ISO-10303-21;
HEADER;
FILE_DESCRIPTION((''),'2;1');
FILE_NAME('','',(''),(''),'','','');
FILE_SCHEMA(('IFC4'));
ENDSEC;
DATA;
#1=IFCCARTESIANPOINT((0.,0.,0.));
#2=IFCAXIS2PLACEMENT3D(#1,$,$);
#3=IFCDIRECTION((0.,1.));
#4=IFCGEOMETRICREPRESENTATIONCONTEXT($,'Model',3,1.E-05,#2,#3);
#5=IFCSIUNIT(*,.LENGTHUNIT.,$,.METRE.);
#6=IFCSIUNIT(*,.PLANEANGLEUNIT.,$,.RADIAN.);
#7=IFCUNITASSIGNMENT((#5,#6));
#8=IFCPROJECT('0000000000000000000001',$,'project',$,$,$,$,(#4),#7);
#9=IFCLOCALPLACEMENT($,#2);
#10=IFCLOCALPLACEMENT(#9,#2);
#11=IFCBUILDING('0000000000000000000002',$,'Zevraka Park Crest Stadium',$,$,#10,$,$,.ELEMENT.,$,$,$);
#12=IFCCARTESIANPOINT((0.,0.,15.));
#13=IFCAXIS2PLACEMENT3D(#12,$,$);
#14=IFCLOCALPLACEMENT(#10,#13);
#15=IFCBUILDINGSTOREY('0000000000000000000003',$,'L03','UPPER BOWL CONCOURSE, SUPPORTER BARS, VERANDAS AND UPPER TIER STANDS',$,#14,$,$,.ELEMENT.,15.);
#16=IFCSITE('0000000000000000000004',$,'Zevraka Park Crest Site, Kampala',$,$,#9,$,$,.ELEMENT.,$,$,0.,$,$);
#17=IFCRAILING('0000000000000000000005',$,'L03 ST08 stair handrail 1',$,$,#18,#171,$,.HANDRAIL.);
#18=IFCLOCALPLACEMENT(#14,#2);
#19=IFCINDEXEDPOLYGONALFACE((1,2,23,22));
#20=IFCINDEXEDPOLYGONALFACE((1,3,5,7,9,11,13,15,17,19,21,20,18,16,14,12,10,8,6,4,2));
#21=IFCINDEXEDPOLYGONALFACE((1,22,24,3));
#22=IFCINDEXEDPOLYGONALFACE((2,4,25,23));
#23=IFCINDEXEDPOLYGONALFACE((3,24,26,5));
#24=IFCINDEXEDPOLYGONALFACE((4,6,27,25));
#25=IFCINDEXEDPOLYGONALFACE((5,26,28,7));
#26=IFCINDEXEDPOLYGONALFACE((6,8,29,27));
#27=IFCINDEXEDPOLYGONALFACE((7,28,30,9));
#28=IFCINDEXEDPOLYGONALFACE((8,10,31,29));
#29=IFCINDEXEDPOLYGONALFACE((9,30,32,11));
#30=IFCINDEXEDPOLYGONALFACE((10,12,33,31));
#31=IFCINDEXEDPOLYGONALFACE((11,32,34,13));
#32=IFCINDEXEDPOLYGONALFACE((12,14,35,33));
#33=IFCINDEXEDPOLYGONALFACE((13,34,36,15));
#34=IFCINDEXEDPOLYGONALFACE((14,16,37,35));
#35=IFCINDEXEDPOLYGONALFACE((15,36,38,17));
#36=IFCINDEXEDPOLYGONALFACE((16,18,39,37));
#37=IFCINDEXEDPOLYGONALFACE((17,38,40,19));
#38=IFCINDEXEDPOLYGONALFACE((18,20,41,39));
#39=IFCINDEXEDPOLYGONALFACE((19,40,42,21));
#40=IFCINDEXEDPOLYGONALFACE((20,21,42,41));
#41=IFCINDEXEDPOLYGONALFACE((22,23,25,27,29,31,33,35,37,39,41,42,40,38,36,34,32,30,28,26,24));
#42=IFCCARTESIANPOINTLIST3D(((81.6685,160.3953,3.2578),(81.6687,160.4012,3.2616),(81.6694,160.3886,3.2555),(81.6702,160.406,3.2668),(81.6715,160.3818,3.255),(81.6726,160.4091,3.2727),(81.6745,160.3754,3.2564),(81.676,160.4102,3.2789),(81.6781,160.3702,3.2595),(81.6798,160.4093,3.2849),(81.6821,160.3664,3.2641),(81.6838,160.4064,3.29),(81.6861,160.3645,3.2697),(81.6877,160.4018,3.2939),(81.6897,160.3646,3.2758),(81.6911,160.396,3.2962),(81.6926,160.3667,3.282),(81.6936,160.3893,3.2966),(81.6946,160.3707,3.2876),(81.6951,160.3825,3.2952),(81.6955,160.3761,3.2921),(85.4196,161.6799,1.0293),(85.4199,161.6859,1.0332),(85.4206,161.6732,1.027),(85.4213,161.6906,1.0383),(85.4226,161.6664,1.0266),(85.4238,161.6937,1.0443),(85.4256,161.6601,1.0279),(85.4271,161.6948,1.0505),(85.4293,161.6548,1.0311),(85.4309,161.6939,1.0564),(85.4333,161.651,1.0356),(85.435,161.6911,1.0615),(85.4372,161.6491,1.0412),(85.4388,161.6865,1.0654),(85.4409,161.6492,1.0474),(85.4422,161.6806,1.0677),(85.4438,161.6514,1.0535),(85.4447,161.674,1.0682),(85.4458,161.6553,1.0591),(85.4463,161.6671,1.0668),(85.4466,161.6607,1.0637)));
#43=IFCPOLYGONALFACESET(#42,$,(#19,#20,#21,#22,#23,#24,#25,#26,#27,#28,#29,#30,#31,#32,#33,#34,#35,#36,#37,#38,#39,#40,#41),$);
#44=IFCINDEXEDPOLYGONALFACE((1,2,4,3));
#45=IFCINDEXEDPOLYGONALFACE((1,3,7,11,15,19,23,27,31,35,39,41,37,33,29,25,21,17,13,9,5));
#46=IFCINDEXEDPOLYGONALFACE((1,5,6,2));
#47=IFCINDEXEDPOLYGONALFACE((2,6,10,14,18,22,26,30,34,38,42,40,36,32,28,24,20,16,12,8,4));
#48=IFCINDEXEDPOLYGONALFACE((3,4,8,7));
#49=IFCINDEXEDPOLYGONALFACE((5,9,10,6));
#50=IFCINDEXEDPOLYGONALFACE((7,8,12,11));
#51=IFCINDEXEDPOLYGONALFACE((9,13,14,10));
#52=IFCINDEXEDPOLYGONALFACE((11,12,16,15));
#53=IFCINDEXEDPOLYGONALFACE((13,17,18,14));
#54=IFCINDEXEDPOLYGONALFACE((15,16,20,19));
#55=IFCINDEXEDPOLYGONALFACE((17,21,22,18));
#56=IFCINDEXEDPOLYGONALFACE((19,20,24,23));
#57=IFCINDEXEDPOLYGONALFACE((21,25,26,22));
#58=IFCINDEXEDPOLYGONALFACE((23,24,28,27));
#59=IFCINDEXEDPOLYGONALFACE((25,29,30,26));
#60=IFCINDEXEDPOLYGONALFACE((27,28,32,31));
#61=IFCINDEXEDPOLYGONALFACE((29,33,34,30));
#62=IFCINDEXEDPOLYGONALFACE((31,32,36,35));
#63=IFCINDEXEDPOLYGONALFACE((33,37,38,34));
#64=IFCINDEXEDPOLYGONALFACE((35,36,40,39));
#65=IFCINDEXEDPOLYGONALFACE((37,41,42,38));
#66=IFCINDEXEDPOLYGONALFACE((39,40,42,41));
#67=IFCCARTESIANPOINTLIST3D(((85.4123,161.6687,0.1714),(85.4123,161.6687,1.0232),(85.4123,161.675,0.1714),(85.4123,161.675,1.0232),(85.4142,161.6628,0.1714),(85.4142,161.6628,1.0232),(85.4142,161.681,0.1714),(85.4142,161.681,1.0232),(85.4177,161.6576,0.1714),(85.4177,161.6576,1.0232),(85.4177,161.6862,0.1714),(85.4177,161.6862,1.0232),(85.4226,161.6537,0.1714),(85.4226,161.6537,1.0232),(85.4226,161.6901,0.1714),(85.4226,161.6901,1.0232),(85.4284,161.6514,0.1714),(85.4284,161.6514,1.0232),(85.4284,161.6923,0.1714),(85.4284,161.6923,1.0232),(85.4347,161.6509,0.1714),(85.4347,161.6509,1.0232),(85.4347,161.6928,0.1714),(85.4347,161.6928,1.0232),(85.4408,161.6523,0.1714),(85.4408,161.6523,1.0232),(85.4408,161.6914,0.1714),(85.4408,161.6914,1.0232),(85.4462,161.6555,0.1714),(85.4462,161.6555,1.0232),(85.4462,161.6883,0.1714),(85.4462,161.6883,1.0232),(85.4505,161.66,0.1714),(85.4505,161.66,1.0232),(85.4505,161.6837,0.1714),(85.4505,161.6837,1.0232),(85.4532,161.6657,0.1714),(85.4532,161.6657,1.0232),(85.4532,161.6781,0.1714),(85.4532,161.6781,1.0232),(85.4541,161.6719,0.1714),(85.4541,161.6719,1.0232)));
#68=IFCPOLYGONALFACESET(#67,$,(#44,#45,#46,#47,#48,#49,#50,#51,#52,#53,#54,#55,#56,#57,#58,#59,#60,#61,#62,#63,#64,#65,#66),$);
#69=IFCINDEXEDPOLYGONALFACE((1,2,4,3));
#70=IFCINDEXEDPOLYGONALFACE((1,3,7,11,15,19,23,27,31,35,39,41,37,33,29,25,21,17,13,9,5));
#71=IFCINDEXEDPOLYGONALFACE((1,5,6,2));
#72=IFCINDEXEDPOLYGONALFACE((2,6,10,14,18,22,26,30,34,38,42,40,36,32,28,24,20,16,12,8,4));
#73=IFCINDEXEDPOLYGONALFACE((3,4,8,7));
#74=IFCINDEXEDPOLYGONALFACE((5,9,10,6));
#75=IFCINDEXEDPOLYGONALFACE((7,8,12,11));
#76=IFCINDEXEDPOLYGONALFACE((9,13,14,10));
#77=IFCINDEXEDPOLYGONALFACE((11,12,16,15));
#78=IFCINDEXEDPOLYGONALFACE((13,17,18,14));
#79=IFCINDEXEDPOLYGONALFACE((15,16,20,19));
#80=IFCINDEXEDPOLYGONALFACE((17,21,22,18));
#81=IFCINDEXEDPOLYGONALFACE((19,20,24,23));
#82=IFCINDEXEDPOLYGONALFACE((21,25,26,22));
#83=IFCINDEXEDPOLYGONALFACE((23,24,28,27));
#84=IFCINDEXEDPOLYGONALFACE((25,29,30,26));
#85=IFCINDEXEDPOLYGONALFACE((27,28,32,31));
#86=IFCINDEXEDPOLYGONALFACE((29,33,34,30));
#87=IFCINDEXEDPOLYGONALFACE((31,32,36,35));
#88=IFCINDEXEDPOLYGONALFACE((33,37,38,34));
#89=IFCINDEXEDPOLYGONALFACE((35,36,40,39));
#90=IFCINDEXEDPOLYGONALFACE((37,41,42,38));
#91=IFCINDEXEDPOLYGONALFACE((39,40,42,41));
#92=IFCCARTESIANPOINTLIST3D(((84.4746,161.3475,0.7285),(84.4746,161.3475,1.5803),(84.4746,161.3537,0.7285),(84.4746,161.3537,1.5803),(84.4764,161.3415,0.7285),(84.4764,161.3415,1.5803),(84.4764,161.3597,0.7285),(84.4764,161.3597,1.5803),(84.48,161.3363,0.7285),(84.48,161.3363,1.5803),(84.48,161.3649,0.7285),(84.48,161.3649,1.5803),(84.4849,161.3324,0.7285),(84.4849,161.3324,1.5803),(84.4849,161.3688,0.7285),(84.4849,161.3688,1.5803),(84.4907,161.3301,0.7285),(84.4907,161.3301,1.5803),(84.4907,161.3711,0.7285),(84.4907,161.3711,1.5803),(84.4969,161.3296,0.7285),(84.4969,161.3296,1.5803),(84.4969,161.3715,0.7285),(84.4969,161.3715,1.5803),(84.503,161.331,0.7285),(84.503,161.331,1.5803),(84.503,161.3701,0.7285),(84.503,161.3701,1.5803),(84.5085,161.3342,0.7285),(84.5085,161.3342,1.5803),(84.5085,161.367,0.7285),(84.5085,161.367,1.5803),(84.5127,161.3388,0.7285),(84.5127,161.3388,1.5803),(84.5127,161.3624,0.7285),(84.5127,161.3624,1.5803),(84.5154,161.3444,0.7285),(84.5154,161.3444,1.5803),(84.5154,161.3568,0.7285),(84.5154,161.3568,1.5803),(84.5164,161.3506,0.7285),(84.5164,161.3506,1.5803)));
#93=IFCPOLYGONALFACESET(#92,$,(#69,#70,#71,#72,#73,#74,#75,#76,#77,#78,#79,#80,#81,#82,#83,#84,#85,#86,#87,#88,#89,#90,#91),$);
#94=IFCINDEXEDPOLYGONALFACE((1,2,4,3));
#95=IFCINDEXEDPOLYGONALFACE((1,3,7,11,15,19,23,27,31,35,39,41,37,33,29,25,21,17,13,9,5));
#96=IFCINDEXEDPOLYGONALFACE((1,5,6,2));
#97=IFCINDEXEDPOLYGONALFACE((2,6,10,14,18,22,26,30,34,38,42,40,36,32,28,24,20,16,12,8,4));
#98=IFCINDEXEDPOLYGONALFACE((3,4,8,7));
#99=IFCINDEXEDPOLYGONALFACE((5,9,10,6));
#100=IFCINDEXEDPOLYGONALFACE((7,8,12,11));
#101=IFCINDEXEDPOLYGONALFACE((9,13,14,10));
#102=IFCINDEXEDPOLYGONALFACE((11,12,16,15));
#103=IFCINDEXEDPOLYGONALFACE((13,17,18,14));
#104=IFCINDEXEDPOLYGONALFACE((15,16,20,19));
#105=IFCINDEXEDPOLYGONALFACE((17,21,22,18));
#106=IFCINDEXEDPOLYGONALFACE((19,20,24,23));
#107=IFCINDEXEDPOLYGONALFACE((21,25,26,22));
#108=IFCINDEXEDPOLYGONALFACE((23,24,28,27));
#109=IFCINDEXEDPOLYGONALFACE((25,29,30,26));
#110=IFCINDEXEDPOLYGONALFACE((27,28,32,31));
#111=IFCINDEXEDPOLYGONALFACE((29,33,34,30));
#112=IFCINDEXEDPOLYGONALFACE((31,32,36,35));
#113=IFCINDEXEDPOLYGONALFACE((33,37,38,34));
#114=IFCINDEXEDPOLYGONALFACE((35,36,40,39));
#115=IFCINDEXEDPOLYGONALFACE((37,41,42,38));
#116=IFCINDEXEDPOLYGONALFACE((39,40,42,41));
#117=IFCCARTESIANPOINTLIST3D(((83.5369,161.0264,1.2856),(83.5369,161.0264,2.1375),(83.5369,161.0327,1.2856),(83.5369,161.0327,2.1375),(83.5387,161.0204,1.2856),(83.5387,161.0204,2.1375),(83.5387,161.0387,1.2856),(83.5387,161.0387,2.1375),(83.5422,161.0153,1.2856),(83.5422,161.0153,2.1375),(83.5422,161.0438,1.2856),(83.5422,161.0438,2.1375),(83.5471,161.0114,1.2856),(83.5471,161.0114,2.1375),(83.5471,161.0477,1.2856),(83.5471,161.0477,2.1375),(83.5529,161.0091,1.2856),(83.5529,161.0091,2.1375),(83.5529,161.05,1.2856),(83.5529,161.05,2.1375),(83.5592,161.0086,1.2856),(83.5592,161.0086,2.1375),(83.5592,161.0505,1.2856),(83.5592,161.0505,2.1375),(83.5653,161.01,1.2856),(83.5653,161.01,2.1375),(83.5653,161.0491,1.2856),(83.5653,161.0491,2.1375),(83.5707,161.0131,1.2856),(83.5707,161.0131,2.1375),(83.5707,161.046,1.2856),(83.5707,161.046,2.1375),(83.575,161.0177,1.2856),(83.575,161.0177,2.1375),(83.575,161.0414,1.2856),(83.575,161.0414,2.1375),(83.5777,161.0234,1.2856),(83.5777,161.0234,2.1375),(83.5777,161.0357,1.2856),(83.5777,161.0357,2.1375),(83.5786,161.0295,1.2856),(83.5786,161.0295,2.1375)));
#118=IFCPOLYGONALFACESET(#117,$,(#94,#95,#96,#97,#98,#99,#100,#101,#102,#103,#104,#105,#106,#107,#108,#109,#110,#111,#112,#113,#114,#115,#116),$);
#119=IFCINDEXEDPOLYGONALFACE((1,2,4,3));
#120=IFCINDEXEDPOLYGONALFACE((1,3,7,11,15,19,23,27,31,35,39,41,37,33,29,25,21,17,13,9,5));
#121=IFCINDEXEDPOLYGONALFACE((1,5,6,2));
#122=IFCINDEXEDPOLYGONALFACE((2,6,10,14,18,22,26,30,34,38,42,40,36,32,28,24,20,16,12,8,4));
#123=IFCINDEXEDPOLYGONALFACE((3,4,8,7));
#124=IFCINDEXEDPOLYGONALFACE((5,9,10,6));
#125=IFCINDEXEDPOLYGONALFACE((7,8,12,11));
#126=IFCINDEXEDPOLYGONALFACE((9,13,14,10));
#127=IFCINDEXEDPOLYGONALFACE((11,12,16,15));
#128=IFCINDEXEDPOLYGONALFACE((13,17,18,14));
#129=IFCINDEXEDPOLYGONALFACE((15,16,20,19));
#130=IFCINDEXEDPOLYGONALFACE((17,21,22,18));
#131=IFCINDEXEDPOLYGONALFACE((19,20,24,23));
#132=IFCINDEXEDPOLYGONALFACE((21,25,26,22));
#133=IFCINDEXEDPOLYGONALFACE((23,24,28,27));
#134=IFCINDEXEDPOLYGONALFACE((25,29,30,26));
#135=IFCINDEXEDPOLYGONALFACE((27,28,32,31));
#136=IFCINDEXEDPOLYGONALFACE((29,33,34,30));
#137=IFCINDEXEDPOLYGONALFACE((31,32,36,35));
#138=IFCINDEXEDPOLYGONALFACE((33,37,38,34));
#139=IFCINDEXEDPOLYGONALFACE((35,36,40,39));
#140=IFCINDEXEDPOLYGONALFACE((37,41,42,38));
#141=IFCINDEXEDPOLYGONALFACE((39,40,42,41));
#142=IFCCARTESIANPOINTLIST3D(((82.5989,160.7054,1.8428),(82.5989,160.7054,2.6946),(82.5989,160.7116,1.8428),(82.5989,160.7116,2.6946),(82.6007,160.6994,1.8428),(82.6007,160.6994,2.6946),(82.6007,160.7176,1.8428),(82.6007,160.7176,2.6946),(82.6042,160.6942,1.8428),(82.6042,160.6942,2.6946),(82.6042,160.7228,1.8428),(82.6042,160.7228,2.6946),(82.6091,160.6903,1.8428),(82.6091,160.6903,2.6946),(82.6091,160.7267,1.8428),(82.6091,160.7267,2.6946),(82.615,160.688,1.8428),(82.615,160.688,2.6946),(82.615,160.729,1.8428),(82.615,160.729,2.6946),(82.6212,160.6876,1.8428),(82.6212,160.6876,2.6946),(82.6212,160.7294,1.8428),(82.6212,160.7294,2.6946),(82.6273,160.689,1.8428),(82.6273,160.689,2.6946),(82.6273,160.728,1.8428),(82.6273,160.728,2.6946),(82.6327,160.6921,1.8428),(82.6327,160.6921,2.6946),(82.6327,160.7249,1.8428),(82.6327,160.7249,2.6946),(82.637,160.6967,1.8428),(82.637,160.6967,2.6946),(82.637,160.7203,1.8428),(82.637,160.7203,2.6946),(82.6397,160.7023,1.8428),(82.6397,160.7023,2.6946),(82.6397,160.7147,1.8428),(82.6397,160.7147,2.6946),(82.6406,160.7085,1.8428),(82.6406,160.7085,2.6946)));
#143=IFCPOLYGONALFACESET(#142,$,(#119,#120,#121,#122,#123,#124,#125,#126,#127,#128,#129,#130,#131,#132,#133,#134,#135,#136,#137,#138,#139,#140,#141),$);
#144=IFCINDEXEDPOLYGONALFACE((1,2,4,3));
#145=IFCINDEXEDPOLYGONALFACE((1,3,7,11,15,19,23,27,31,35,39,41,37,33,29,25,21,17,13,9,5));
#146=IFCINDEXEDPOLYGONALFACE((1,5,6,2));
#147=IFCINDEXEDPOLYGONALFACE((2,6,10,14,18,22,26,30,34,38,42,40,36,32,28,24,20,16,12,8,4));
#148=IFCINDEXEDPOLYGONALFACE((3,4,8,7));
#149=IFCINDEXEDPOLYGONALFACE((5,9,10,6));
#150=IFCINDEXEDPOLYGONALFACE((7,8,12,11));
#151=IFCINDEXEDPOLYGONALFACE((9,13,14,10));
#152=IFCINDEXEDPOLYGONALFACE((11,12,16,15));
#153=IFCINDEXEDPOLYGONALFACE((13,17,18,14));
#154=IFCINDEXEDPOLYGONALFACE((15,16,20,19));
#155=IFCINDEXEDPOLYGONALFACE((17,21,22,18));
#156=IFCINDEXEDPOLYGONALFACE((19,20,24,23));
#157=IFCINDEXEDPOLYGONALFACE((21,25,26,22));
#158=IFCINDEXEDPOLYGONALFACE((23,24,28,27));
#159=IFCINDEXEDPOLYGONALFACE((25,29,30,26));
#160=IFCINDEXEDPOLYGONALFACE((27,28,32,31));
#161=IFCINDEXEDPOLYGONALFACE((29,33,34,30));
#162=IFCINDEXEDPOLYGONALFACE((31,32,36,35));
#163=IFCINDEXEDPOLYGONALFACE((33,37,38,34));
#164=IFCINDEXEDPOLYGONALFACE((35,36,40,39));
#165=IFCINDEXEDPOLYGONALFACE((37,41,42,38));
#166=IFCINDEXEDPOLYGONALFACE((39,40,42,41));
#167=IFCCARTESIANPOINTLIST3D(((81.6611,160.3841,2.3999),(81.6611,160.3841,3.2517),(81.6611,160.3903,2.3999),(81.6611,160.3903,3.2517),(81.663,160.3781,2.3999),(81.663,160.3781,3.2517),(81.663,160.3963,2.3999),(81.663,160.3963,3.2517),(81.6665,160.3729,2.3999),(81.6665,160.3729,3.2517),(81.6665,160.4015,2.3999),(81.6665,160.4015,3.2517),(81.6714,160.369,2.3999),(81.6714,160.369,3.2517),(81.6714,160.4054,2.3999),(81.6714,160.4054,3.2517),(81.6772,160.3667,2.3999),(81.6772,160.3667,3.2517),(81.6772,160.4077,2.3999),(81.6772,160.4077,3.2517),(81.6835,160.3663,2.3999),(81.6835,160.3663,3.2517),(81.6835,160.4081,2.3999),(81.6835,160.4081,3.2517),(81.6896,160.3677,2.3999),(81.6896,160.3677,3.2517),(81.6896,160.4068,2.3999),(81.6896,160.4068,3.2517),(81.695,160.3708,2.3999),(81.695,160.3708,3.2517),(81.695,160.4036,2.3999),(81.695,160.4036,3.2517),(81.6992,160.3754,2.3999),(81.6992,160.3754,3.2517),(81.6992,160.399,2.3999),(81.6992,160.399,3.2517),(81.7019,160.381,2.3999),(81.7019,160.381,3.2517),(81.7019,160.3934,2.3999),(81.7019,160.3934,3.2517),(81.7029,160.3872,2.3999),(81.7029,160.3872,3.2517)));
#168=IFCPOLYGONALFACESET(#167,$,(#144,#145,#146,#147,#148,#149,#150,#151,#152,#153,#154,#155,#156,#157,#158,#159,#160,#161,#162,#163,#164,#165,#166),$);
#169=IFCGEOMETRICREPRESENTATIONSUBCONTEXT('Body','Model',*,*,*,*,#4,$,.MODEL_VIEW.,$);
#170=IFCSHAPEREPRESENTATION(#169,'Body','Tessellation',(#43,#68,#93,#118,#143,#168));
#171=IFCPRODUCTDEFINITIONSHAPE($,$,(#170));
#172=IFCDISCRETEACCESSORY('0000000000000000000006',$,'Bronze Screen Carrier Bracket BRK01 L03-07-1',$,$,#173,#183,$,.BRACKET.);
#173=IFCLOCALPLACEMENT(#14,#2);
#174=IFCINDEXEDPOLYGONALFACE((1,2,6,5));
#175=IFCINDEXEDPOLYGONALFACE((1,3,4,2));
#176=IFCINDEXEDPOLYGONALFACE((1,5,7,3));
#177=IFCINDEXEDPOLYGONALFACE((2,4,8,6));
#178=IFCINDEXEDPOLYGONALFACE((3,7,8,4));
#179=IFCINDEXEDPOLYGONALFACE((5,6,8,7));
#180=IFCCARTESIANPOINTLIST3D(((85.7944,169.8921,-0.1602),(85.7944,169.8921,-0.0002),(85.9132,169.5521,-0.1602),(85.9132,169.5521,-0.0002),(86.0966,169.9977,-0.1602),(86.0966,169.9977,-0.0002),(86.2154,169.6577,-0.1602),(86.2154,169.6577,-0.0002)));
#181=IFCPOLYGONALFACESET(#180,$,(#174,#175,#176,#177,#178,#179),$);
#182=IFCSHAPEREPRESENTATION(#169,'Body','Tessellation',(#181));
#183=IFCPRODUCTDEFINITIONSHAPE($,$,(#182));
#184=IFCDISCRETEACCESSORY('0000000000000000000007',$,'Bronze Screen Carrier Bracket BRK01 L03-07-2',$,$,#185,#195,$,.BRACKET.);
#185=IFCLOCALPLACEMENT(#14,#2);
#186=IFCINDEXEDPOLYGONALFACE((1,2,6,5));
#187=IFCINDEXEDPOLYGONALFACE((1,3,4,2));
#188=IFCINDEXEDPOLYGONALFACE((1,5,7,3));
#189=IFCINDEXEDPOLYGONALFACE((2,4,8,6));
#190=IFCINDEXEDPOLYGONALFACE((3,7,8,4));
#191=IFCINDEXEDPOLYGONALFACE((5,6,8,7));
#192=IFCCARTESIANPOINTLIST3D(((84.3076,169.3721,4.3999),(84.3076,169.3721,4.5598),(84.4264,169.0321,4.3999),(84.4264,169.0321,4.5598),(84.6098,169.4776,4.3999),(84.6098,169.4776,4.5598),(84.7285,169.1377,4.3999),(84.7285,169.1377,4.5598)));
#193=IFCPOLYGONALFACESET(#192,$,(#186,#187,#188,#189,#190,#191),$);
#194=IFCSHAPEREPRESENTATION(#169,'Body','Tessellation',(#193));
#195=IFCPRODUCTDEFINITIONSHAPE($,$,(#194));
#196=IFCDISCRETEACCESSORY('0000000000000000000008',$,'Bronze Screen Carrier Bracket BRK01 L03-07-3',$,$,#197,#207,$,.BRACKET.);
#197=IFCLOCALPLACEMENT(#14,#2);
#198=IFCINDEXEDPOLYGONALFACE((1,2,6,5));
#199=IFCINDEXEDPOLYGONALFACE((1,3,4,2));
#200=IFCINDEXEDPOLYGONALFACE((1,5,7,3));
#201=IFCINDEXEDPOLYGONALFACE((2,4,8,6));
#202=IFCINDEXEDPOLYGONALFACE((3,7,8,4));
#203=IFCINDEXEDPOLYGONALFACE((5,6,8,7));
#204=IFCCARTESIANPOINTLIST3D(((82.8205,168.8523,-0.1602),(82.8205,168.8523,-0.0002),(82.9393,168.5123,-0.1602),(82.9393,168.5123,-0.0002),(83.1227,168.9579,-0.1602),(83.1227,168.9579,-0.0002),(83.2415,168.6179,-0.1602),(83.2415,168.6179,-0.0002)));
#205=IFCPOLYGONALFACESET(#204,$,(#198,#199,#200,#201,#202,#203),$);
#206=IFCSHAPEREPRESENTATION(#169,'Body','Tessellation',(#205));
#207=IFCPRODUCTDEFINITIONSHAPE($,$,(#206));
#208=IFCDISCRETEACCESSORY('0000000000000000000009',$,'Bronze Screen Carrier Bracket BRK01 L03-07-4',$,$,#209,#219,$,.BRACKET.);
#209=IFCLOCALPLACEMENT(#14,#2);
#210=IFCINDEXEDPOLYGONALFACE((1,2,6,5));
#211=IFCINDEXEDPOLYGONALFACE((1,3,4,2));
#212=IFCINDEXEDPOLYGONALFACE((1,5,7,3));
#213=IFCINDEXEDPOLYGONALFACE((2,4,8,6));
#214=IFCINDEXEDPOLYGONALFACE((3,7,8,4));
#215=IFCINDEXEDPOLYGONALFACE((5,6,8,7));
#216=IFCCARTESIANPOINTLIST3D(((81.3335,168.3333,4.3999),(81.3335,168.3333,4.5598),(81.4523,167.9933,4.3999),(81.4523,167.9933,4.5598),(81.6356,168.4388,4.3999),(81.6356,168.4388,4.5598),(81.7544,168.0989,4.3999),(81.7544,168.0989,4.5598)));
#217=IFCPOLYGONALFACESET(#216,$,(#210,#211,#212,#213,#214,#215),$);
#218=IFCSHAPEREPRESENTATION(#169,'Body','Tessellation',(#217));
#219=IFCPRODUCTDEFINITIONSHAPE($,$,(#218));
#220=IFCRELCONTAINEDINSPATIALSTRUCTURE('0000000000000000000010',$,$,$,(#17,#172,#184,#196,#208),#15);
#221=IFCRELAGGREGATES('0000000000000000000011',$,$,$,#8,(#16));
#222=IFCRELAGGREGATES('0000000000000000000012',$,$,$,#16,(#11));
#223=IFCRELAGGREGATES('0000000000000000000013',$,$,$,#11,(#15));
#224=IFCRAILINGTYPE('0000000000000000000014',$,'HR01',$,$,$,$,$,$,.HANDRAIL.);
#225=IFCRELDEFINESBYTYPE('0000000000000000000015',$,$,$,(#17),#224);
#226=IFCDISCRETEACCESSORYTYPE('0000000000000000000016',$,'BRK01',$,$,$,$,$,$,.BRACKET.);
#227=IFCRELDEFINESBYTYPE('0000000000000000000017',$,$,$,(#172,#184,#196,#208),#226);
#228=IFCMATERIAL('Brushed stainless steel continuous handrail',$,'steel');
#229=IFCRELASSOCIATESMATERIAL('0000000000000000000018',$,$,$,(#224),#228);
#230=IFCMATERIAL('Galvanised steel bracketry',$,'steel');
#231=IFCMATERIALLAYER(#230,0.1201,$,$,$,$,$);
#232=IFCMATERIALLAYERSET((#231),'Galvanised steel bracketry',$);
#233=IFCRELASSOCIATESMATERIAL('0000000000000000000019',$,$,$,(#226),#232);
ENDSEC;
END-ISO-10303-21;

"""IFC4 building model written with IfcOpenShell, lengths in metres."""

from ifc_helpers import new_model, si_unit, direction, frame, origin, origin_2d, place, context, subcontext, project, spatial, rectangle, circle, extrude, material, layer, layer_set, type_object, element, save


model = new_model("IFC4")

# Units and contexts
model_context = context("Model", 3, precision=1e-05, world=origin(), true_north=direction((0.0, 1.0)))
body_context = subcontext(model_context, "Body", "Model", "MODEL_VIEW")
ifc_project = project(units=[si_unit("LENGTHUNIT", "METRE"), si_unit("PLANEANGLEUNIT", "RADIAN")], contexts=[model_context])

# Site, building, storey
site_placement = place(None, origin())
site = spatial("IfcSite", under=ifc_project, at=site_placement, Name="Zevraka Park Crest Site, Kampala", CompositionType="ELEMENT", RefElevation=0.0)
building_placement = place(site_placement, origin())
building = spatial("IfcBuilding", under=site, at=building_placement, Name="Zevraka Park Crest Stadium", CompositionType="ELEMENT")
storey_placement = place(building_placement, frame((0.0, 0.0, 15.0)))
storey = spatial("IfcBuildingStorey", under=building, at=storey_placement, Name="L03", Description="UPPER BOWL CONCOURSE, SUPPORTER BARS, VERANDAS AND UPPER TIER STANDS", CompositionType="ELEMENT", Elevation=15.0)

# Railing
ifc_material_1 = material(Name="Brushed stainless steel continuous handrail", Category="steel")
railing_type_1 = type_object("IfcRailingType", Name="HR01", PredefinedType="HANDRAIL", material=ifc_material_1)
railing_1_placement = place(storey_placement, frame((85.4331, 161.6719, 0.1714)))
element("IfcRailing", 1, at=railing_1_placement, inside=storey, type_object=railing_type_1, Name="L03 ST08 stair handrail 1", PredefinedType="HANDRAIL", context=body_context, shape_type="SweptSolid", body=[
    extrude(circle(Radius=0.0239, at=origin_2d()), frame((0.0, 0.0, 0.876), z_axis=(-0.824727, -0.282441, 0.489952), x_axis=(0.323994, -0.946059, 0.0)), (0.0, 0.0, 1.0), 4.5483),
    extrude(circle(Radius=0.021, at=origin_2d()), origin(), (0.0, 0.0, 1.0), 0.8518),
    extrude(circle(Radius=0.021, at=origin_2d()), frame((-0.9377, -0.3213, 0.5571)), (0.0, 0.0, 1.0), 0.8518),
    extrude(circle(Radius=0.021, at=origin_2d()), frame((-1.8755, -0.6423, 1.1143)), (0.0, 0.0, 1.0), 0.8518),
    extrude(circle(Radius=0.021, at=origin_2d()), frame((-2.8135, -0.9634, 1.6714)), (0.0, 0.0, 1.0), 0.8518),
    extrude(circle(Radius=0.021, at=origin_2d()), frame((-3.7512, -1.2847, 2.2285)), (0.0, 0.0, 1.0), 0.8518),
])

# Discrete accessories
ifc_material_2 = material(Name="Galvanised steel bracketry", Category="steel")
ifc_layer_1 = layer(ifc_material_2, 0.1201)
ifc_layer_set_1 = layer_set([ifc_layer_1], Name="Galvanised steel bracketry")
discrete_accessory_type = type_object("IfcDiscreteAccessoryType", Name="BRK01", PredefinedType="BRACKET", material=ifc_layer_set_1)
for number, where, z_axis, x_axis, name in (
    (2, (86.0049, 169.7749, -0.1602), (0.0, 0.0, 1.0), (-0.944031, -0.329855, 0.0), "Bronze Screen Carrier Bracket BRK01 L03-07-1"),
    (3, (84.5181, 169.2549, 4.3999), (0.0, 0.0, 1.0), (-0.944031, -0.329855, 0.0), "Bronze Screen Carrier Bracket BRK01 L03-07-2"),
    (4, (83.031, 168.7351, -0.1602), (0.0, 0.0, 1.0), (-0.944031, -0.329855, 0.0), "Bronze Screen Carrier Bracket BRK01 L03-07-3"),
    (5, (81.5439, 168.2161, 4.3999), (0.0, 0.0, 1.0), (-0.944031, -0.329855, 0.0), "Bronze Screen Carrier Bracket BRK01 L03-07-4"),
):
    element("IfcDiscreteAccessory", number, at=place(storey_placement, frame(where, z_axis=z_axis, x_axis=x_axis)), inside=storey, type_object=discrete_accessory_type, Name=name, PredefinedType="BRACKET", context=body_context, shape_type="SweptSolid", body=[
        extrude(rectangle(XDim=0.3201, YDim=0.3601, at=origin_2d()), origin(), (0.0, 0.0, 1.0), 0.1599),
    ])

save(model, "model.ifc")
